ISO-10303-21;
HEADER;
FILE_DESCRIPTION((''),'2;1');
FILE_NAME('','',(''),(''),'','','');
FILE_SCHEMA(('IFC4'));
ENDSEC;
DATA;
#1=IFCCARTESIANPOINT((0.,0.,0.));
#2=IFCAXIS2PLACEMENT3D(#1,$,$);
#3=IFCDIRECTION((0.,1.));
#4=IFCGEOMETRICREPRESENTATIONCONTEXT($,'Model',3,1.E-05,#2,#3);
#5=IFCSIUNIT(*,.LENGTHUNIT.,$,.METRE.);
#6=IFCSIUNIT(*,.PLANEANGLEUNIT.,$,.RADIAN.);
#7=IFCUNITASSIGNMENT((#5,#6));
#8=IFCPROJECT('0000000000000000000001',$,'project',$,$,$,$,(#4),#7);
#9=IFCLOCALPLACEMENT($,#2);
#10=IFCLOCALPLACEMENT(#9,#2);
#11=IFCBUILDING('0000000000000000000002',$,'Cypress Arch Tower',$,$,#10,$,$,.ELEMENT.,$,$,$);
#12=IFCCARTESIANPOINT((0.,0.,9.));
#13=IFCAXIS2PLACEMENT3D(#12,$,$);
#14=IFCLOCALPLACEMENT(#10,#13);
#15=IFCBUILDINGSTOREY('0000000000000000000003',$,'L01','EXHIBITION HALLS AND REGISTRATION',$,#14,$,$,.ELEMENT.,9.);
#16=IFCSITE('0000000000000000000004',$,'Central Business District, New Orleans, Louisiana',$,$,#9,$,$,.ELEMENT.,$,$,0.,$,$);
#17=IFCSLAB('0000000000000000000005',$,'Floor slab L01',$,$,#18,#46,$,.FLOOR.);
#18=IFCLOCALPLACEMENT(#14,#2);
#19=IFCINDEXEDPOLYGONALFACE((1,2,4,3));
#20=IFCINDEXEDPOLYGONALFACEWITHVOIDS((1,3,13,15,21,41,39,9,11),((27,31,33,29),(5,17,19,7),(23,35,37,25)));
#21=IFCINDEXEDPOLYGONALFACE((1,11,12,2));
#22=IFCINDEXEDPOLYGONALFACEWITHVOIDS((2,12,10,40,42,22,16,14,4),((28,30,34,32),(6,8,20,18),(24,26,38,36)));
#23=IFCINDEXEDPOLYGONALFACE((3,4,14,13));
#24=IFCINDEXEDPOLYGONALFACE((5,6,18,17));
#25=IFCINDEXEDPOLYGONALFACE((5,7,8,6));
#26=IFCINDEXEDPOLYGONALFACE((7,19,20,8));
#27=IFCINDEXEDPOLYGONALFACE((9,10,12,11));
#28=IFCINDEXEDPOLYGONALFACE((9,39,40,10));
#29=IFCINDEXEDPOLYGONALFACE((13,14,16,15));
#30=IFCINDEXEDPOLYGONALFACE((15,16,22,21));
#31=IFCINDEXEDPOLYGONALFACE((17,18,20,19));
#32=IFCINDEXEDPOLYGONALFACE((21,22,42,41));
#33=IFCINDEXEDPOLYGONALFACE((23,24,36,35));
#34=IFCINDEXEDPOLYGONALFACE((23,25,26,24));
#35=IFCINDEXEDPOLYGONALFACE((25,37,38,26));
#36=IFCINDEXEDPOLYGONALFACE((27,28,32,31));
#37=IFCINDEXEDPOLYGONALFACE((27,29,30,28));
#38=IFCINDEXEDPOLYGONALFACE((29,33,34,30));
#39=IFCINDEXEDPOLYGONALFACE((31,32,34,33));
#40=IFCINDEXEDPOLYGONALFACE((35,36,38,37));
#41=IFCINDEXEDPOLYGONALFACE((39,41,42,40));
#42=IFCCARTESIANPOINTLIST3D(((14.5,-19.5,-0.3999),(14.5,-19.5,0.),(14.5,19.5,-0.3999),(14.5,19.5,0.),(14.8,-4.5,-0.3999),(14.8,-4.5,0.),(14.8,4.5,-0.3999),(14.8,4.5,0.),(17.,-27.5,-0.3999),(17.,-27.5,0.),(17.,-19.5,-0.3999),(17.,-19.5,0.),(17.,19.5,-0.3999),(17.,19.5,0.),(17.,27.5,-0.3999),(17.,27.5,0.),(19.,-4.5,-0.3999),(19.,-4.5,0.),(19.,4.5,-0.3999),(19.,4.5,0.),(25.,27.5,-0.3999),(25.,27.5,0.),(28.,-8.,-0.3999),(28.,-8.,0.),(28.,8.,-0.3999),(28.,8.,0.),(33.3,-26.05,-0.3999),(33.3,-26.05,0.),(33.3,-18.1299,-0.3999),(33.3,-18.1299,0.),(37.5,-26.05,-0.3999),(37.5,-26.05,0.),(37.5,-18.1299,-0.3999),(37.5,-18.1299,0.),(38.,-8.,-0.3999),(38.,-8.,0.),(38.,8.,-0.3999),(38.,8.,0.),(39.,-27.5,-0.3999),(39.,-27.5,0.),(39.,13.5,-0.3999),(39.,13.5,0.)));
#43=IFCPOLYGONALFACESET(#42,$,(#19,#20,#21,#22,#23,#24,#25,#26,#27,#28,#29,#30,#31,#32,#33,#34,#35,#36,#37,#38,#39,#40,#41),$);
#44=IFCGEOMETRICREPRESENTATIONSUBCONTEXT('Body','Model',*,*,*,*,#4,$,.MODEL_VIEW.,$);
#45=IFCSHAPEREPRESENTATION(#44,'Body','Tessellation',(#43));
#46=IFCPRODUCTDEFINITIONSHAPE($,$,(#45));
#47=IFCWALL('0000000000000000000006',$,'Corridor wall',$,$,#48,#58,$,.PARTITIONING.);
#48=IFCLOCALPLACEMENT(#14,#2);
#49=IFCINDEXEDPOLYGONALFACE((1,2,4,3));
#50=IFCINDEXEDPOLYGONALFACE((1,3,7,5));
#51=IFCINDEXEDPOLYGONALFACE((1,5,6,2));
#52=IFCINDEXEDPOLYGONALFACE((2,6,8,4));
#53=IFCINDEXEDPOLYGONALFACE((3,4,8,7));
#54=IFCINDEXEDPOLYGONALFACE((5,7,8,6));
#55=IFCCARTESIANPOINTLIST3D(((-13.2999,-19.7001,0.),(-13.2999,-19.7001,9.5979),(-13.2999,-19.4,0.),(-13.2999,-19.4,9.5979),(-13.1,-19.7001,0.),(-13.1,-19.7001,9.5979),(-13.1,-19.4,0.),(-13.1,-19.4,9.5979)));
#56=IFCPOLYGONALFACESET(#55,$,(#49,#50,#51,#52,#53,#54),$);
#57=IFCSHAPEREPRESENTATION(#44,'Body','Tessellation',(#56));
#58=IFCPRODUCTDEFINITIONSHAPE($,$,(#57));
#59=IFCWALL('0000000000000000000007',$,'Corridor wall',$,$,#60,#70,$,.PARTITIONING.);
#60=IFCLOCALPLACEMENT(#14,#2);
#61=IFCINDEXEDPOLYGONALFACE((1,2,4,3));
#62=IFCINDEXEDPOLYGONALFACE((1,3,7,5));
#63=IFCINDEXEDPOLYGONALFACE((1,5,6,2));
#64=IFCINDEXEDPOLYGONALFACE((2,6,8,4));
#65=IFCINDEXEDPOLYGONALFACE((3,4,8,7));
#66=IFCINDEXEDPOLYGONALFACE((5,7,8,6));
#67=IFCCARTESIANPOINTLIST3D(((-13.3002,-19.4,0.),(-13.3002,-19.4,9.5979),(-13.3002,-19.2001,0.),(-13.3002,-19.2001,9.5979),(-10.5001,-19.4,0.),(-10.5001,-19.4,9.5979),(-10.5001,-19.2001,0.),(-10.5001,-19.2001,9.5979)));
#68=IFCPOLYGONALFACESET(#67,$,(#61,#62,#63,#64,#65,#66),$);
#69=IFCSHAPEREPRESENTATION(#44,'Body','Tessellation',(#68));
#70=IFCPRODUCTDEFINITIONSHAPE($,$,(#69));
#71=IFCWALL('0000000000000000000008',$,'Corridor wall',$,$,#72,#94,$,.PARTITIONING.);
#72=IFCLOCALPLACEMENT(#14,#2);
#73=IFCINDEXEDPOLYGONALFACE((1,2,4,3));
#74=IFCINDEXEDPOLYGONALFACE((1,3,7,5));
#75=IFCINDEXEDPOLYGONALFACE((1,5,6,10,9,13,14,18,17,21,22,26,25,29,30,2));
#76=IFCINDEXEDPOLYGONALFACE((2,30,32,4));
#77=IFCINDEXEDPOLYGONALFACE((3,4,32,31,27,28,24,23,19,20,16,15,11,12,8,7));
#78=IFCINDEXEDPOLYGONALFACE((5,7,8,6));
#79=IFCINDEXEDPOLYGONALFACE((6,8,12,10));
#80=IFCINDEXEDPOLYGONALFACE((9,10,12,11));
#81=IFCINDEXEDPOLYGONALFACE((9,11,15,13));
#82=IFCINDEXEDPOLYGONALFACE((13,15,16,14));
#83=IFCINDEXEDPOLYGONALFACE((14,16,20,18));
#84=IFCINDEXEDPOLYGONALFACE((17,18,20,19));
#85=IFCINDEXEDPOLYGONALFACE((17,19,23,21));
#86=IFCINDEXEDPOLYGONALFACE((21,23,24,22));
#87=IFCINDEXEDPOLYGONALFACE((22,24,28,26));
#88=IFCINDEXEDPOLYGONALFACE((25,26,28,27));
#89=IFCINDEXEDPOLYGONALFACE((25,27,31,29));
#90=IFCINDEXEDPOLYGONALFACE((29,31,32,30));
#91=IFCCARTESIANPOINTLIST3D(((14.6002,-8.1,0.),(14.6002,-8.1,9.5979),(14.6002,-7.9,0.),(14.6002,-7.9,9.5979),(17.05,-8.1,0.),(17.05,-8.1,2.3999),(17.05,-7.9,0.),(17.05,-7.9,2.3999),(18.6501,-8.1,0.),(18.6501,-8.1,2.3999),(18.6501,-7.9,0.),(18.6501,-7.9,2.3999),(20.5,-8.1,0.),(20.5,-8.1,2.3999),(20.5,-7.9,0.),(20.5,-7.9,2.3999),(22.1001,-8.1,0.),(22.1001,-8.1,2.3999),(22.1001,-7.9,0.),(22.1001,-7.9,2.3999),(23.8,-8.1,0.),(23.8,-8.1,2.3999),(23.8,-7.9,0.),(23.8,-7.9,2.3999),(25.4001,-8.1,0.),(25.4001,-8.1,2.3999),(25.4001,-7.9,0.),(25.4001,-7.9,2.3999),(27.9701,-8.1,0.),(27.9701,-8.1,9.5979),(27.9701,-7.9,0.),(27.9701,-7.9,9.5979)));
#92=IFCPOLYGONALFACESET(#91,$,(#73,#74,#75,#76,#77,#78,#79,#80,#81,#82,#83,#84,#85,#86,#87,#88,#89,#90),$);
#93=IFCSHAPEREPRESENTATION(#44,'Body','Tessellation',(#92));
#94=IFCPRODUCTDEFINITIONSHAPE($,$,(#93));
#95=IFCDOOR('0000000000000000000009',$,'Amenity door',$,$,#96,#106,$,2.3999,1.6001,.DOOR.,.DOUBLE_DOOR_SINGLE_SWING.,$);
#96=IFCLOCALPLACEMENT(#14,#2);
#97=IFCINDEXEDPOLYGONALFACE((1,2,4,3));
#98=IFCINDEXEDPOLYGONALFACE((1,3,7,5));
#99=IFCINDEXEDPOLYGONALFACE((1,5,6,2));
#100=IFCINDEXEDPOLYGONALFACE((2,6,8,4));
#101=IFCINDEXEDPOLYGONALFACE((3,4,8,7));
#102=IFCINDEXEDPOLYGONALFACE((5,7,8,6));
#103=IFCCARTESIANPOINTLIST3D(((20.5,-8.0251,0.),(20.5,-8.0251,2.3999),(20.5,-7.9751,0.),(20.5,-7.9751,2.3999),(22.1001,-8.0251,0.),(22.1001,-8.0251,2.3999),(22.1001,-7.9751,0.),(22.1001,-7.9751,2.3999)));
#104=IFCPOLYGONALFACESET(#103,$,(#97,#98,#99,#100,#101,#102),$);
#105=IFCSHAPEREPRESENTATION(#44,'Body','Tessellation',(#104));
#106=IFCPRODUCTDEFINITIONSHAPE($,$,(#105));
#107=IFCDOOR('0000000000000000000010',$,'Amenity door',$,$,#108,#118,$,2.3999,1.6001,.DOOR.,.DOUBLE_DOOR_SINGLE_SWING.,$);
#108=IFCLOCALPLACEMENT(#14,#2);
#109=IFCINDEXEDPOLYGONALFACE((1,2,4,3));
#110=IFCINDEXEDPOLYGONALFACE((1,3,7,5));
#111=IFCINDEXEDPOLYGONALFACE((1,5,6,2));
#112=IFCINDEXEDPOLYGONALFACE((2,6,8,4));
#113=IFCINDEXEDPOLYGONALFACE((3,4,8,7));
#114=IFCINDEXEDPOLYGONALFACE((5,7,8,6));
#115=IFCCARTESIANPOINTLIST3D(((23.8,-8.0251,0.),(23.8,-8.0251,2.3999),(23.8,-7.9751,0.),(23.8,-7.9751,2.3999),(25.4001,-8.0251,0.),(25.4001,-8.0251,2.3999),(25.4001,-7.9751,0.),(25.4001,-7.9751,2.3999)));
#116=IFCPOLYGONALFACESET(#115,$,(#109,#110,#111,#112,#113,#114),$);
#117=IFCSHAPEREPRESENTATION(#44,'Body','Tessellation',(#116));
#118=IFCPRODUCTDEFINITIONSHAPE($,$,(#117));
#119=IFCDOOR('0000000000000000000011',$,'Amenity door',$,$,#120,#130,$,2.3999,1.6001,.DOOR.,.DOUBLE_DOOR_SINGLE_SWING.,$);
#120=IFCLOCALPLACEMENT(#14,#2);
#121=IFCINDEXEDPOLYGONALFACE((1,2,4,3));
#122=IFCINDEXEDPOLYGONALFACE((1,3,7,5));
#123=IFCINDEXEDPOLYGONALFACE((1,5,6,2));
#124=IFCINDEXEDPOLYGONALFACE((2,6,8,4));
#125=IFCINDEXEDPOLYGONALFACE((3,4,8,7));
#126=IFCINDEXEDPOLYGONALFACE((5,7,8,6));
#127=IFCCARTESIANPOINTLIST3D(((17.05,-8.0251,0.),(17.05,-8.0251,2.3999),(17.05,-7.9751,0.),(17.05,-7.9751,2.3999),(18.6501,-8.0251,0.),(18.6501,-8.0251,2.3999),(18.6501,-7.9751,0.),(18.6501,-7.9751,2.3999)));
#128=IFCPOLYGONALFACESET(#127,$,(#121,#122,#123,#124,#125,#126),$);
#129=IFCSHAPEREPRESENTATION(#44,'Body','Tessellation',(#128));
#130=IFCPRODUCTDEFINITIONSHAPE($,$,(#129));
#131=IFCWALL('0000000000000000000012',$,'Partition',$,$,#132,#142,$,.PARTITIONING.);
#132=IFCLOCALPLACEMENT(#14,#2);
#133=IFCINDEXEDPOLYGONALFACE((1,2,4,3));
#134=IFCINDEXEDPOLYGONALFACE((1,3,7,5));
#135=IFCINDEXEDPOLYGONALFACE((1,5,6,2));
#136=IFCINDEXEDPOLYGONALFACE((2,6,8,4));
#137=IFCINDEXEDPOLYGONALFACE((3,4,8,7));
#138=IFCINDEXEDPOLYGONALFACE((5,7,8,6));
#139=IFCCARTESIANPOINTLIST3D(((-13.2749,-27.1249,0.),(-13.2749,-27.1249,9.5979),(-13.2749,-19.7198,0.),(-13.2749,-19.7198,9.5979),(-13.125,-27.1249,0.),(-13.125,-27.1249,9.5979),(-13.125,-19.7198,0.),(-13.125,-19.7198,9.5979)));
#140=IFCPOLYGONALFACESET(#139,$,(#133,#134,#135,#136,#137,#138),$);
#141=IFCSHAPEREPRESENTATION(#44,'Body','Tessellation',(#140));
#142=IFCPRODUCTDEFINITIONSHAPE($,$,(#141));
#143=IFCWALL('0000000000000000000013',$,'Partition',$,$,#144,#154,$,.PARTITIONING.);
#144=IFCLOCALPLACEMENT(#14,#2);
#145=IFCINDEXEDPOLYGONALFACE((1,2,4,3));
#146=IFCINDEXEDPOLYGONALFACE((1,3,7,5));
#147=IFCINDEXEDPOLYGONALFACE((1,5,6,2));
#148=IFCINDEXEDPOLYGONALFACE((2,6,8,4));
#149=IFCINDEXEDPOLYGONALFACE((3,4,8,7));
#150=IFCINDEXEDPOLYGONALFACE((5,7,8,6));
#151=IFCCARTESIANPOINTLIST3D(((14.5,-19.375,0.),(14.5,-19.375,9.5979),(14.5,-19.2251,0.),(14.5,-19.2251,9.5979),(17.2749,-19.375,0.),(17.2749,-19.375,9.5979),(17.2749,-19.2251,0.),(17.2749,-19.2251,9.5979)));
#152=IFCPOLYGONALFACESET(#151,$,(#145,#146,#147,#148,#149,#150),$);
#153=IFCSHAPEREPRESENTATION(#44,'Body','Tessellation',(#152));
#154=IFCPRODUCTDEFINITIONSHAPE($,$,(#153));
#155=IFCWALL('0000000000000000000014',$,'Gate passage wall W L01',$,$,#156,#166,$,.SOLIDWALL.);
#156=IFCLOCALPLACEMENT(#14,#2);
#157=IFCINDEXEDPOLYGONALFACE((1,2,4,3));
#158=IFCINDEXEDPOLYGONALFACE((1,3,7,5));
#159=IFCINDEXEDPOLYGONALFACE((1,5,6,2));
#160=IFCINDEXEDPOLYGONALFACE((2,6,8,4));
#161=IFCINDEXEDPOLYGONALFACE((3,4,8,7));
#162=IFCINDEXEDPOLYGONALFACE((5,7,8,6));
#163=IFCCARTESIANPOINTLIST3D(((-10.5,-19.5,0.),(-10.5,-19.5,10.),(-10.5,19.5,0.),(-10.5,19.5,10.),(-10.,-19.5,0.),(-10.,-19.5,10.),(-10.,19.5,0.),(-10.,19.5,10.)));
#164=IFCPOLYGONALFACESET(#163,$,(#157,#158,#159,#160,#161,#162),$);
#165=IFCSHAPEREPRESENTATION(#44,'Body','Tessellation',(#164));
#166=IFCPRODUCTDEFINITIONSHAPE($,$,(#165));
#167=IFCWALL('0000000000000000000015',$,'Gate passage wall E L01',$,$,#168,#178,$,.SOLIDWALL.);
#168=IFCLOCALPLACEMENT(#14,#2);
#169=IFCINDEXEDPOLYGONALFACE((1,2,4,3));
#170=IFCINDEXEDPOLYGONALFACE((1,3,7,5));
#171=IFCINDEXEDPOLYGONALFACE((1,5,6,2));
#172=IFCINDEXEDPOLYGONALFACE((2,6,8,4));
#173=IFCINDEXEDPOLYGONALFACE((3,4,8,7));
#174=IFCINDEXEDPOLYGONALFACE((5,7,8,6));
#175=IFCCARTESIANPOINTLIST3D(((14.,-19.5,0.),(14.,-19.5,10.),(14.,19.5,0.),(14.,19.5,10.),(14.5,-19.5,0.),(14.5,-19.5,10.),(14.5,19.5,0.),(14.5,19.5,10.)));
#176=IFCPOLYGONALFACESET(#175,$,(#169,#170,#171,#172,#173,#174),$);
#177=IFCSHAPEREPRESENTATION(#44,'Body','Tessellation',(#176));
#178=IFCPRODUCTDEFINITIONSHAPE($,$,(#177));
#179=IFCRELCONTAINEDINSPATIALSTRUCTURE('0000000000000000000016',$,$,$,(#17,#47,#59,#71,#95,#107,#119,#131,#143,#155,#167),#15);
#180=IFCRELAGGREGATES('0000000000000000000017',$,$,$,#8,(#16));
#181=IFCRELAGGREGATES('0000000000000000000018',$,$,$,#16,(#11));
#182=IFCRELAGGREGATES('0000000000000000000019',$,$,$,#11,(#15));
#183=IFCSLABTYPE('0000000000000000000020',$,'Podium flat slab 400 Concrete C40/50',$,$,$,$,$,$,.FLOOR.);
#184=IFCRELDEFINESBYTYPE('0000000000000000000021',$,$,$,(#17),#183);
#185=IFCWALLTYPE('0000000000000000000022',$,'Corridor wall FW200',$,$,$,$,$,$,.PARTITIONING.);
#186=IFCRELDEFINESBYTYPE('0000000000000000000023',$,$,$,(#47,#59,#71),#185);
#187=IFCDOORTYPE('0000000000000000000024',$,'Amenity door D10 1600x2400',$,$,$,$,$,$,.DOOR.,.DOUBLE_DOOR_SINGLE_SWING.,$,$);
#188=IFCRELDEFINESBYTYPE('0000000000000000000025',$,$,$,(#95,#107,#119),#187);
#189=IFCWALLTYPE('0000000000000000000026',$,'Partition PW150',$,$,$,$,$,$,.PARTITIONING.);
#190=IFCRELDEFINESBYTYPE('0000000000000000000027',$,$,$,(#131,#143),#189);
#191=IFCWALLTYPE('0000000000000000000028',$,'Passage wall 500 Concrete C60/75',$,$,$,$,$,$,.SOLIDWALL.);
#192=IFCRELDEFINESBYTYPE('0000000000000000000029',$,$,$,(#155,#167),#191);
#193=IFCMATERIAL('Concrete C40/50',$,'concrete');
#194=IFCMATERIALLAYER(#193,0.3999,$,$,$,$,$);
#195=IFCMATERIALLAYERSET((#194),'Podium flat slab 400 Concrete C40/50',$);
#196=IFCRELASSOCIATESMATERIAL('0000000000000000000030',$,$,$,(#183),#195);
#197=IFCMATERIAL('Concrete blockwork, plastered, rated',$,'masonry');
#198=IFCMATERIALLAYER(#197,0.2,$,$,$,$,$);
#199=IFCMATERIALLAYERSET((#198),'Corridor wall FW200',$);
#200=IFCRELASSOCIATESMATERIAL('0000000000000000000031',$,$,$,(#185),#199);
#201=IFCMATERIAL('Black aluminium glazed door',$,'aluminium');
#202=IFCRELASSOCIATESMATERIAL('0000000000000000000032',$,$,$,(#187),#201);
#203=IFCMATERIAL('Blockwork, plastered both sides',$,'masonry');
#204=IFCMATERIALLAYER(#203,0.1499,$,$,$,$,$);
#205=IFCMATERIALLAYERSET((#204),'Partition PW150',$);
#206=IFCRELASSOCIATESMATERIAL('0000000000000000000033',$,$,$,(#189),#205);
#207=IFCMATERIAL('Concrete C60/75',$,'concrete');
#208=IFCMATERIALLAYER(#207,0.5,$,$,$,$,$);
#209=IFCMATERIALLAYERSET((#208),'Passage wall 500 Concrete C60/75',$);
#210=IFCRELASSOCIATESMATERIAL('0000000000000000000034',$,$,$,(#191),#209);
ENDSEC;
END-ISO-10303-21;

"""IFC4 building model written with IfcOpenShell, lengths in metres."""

from ifc_helpers import new_model, si_unit, direction, frame, frame_2d, origin, place, context, subcontext, project, spatial, polyline, rectangle, outline, extrude, material, layer, layer_set, type_object, element, fill, save


model = new_model("IFC4")

# Units and contexts
model_context = context("Model", 3, precision=1e-05, world=origin(), true_north=direction((0.0, 1.0)))
body_context = subcontext(model_context, "Body", "Model", "MODEL_VIEW")
ifc_project = project(units=[si_unit("LENGTHUNIT", "METRE"), si_unit("PLANEANGLEUNIT", "RADIAN")], contexts=[model_context])

# Site, building, storey
site_placement = place(None, origin())
site = spatial("IfcSite", under=ifc_project, at=site_placement, Name="Central Business District, New Orleans, Louisiana", CompositionType="ELEMENT", RefElevation=0.0)
building_placement = place(site_placement, origin())
building = spatial("IfcBuilding", under=site, at=building_placement, Name="Cypress Arch Tower", CompositionType="ELEMENT")
storey_placement = place(building_placement, frame((0.0, 0.0, 9.0)))
storey = spatial("IfcBuildingStorey", under=building, at=storey_placement, Name="L01", Description="EXHIBITION HALLS AND REGISTRATION", CompositionType="ELEMENT", Elevation=9.0)

# Slab
ifc_material_1 = material(Name="Concrete C40/50", Category="concrete")
ifc_layer_1 = layer(ifc_material_1, 0.3999)
ifc_layer_set_1 = layer_set([ifc_layer_1], Name="Podium flat slab 400 Concrete C40/50")
slab_type_1 = type_object("IfcSlabType", Name="Podium flat slab 400 Concrete C40/50", PredefinedType="FLOOR", material=ifc_layer_set_1)
slab_1_placement = place(storey_placement, frame((0.0, 0.0, -0.3999)))
element("IfcSlab", 1, at=slab_1_placement, inside=storey, type_object=slab_type_1, Name="Floor slab L01", PredefinedType="FLOOR", context=body_context, shape_type="SweptSolid", body=[
    extrude(outline(polyline([(25.0, 27.5), (39.0, 13.5), (39.0, -27.5), (17.0, -27.5), (17.0, -19.5), (14.5, -19.5), (14.5, 19.5), (17.0, 19.5), (17.0, 27.5), (25.0, 27.5)]), holes=[polyline([(37.5, -18.1299), (33.3, -18.1299), (33.3, -26.05), (37.5, -26.05), (37.5, -18.1299)]), polyline([(19.0, 4.5), (14.8, 4.5), (14.8, -4.5), (19.0, -4.5), (19.0, 4.5)]), polyline([(38.0, 8.0), (28.0, 8.0), (28.0, -8.0), (38.0, -8.0), (38.0, 8.0)])]), origin(), (0.0, 0.0, 1.0), 0.3999),
])

# Walls
ifc_material_2 = material(Name="Concrete blockwork, plastered, rated", Category="masonry")
ifc_layer_2 = layer(ifc_material_2, 0.2)
ifc_layer_set_2 = layer_set([ifc_layer_2], Name="Corridor wall FW200")
wall_type_1 = type_object("IfcWallType", Name="Corridor wall FW200", PredefinedType="PARTITIONING", material=ifc_layer_set_2)
wall_1_placement = place(storey_placement, frame((-13.2, -19.7, 0.0), z_axis=(0.0, 0.0, 1.0), x_axis=(0.0, 1.0, 0.0)))
element("IfcWall", 2, at=wall_1_placement, inside=storey, type_object=wall_type_1, Name="Corridor wall", PredefinedType="PARTITIONING", context=body_context, shape_type="SweptSolid", body=[
    extrude(rectangle(XDim=0.3, YDim=0.2, at=frame_2d((0.1499, 0.0))), origin(), (0.0, 0.0, 1.0), 9.5979),
])
wall_2_placement = place(storey_placement, frame((-13.3, -19.3, 0.0), z_axis=(0.0, 0.0, 1.0), x_axis=(1.0, 0.0, 0.0)))
element("IfcWall", 3, at=wall_2_placement, inside=storey, type_object=wall_type_1, Name="Corridor wall", PredefinedType="PARTITIONING", context=body_context, shape_type="SweptSolid", body=[
    extrude(rectangle(XDim=2.8, YDim=0.2, at=frame_2d((1.3999, 0.0))), origin(), (0.0, 0.0, 1.0), 9.5979),
])

# Wall, openings, doors
wall_3_placement = place(storey_placement, frame((14.6001, -8.0, 0.0), z_axis=(0.0, 0.0, 1.0), x_axis=(1.0, 0.0, 0.0)))
wall_3 = element("IfcWall", 4, at=wall_3_placement, inside=storey, type_object=wall_type_1, Name="Corridor wall", PredefinedType="PARTITIONING", context=body_context, shape_type="SweptSolid", body=[
    extrude(rectangle(XDim=13.3699, YDim=0.2, at=frame_2d((6.6851, 0.0))), origin(), (0.0, 0.0, 1.0), 9.5979),
])
opening_1_placement = place(wall_3_placement, frame((5.8999, 0.0, 0.0)))
opening_1 = element("IfcOpeningElement", 5, at=opening_1_placement, cuts=wall_3, PredefinedType="OPENING", context=body_context, shape_type="SweptSolid", body=[
    extrude(rectangle(XDim=1.6001, YDim=2.3999, at=frame_2d((0.8, 1.2))), frame((0.0, 0.1099, 0.0), z_axis=(0.0, -1.0, 0.0), x_axis=(1.0, 0.0, 0.0)), (0.0, 0.0, 1.0), 0.22),
])
opening_2_placement = place(wall_3_placement, frame((9.2, 0.0, 0.0)))
opening_2 = element("IfcOpeningElement", 6, at=opening_2_placement, cuts=wall_3, PredefinedType="OPENING", context=body_context, shape_type="SweptSolid", body=[
    extrude(rectangle(XDim=1.6001, YDim=2.3999, at=frame_2d((0.8, 1.2))), frame((0.0, 0.1099, 0.0), z_axis=(0.0, -1.0, 0.0), x_axis=(1.0, 0.0, 0.0)), (0.0, 0.0, 1.0), 0.22),
])
opening_3_placement = place(wall_3_placement, frame((2.45, 0.0, 0.0)))
opening_3 = element("IfcOpeningElement", 7, at=opening_3_placement, cuts=wall_3, PredefinedType="OPENING", context=body_context, shape_type="SweptSolid", body=[
    extrude(rectangle(XDim=1.6001, YDim=2.3999, at=frame_2d((0.8, 1.2))), frame((0.0, 0.1099, 0.0), z_axis=(0.0, -1.0, 0.0), x_axis=(1.0, 0.0, 0.0)), (0.0, 0.0, 1.0), 0.22),
])
ifc_material_3 = material(Name="Black aluminium glazed door", Category="aluminium")
door_type_1 = type_object("IfcDoorType", Name="Amenity door D10 1600x2400", OperationType="DOUBLE_DOOR_SINGLE_SWING", PredefinedType="DOOR", material=ifc_material_3)
door_1_placement = place(opening_1_placement, origin())
door_1 = element("IfcDoor", 8, at=door_1_placement, inside=storey, type_object=door_type_1, Name="Amenity door", OperationType="DOUBLE_DOOR_SINGLE_SWING", OverallHeight=2.3999, OverallWidth=1.6001, PredefinedType="DOOR", context=body_context, shape_type="SweptSolid", body=[
    extrude(rectangle(XDim=1.6001, YDim=2.3999, at=frame_2d((0.8, 1.2))), frame((0.0, 0.0249, 0.0), z_axis=(0.0, -1.0, 0.0), x_axis=(1.0, 0.0, 0.0)), (0.0, 0.0, 1.0), 0.05),
])
fill(opening_1, door_1)
door_2_placement = place(opening_2_placement, origin())
door_2 = element("IfcDoor", 9, at=door_2_placement, inside=storey, type_object=door_type_1, Name="Amenity door", OperationType="DOUBLE_DOOR_SINGLE_SWING", OverallHeight=2.3999, OverallWidth=1.6001, PredefinedType="DOOR", context=body_context, shape_type="SweptSolid", body=[
    extrude(rectangle(XDim=1.6001, YDim=2.3999, at=frame_2d((0.8, 1.2))), frame((0.0, 0.0249, 0.0), z_axis=(0.0, -1.0, 0.0), x_axis=(1.0, 0.0, 0.0)), (0.0, 0.0, 1.0), 0.05),
])
fill(opening_2, door_2)
door_3_placement = place(opening_3_placement, origin())
door_3 = element("IfcDoor", 10, at=door_3_placement, inside=storey, type_object=door_type_1, Name="Amenity door", OperationType="DOUBLE_DOOR_SINGLE_SWING", OverallHeight=2.3999, OverallWidth=1.6001, PredefinedType="DOOR", context=body_context, shape_type="SweptSolid", body=[
    extrude(rectangle(XDim=1.6001, YDim=2.3999, at=frame_2d((0.8, 1.2))), frame((0.0, 0.0249, 0.0), z_axis=(0.0, -1.0, 0.0), x_axis=(1.0, 0.0, 0.0)), (0.0, 0.0, 1.0), 0.05),
])
fill(opening_3, door_3)

# Walls
ifc_material_4 = material(Name="Blockwork, plastered both sides", Category="masonry")
ifc_layer_3 = layer(ifc_material_4, 0.1499)
ifc_layer_set_3 = layer_set([ifc_layer_3], Name="Partition PW150")
wall_type_2 = type_object("IfcWallType", Name="Partition PW150", PredefinedType="PARTITIONING", material=ifc_layer_set_3)
wall_4_placement = place(storey_placement, frame((-13.2, -27.125, 0.0), z_axis=(0.0, 0.0, 1.0), x_axis=(0.0, 1.0, 0.0)))
element("IfcWall", 11, at=wall_4_placement, inside=storey, type_object=wall_type_2, Name="Partition", PredefinedType="PARTITIONING", context=body_context, shape_type="SweptSolid", body=[
    extrude(rectangle(XDim=7.405, YDim=0.1499, at=frame_2d((3.7026, 0.0))), origin(), (0.0, 0.0, 1.0), 9.5979),
])
wall_5_placement = place(storey_placement, frame((14.5, -19.3, 0.0), z_axis=(0.0, 0.0, 1.0), x_axis=(1.0, 0.0, 0.0)))
element("IfcWall", 12, at=wall_5_placement, inside=storey, type_object=wall_type_2, Name="Partition", PredefinedType="PARTITIONING", context=body_context, shape_type="SweptSolid", body=[
    extrude(rectangle(XDim=2.7749, YDim=0.1499, at=frame_2d((1.3875, 0.0))), origin(), (0.0, 0.0, 1.0), 9.5979),
])
ifc_material_5 = material(Name="Concrete C60/75", Category="concrete")
ifc_layer_4 = layer(ifc_material_5, 0.5)
ifc_layer_set_4 = layer_set([ifc_layer_4], Name="Passage wall 500 Concrete C60/75")
wall_type_3 = type_object("IfcWallType", Name="Passage wall 500 Concrete C60/75", PredefinedType="SOLIDWALL", material=ifc_layer_set_4)
for number, where, z_axis, x_axis, name in (
    (13, (-10.25, -19.5, 0.0), (0.0, 0.0, 1.0), (0.0, 1.0, 0.0), "Gate passage wall W L01"),
    (14, (14.25, -19.5, 0.0), (0.0, 0.0, 1.0), (0.0, 1.0, 0.0), "Gate passage wall E L01"),
):
    element("IfcWall", number, at=place(storey_placement, frame(where, z_axis=z_axis, x_axis=x_axis)), inside=storey, type_object=wall_type_3, Name=name, PredefinedType="SOLIDWALL", context=body_context, shape_type="SweptSolid", body=[
        extrude(rectangle(XDim=39.0, YDim=0.5, at=frame_2d((19.5, 0.0))), origin(), (0.0, 0.0, 1.0), 10.0),
    ])

save(model, "model.ifc")
